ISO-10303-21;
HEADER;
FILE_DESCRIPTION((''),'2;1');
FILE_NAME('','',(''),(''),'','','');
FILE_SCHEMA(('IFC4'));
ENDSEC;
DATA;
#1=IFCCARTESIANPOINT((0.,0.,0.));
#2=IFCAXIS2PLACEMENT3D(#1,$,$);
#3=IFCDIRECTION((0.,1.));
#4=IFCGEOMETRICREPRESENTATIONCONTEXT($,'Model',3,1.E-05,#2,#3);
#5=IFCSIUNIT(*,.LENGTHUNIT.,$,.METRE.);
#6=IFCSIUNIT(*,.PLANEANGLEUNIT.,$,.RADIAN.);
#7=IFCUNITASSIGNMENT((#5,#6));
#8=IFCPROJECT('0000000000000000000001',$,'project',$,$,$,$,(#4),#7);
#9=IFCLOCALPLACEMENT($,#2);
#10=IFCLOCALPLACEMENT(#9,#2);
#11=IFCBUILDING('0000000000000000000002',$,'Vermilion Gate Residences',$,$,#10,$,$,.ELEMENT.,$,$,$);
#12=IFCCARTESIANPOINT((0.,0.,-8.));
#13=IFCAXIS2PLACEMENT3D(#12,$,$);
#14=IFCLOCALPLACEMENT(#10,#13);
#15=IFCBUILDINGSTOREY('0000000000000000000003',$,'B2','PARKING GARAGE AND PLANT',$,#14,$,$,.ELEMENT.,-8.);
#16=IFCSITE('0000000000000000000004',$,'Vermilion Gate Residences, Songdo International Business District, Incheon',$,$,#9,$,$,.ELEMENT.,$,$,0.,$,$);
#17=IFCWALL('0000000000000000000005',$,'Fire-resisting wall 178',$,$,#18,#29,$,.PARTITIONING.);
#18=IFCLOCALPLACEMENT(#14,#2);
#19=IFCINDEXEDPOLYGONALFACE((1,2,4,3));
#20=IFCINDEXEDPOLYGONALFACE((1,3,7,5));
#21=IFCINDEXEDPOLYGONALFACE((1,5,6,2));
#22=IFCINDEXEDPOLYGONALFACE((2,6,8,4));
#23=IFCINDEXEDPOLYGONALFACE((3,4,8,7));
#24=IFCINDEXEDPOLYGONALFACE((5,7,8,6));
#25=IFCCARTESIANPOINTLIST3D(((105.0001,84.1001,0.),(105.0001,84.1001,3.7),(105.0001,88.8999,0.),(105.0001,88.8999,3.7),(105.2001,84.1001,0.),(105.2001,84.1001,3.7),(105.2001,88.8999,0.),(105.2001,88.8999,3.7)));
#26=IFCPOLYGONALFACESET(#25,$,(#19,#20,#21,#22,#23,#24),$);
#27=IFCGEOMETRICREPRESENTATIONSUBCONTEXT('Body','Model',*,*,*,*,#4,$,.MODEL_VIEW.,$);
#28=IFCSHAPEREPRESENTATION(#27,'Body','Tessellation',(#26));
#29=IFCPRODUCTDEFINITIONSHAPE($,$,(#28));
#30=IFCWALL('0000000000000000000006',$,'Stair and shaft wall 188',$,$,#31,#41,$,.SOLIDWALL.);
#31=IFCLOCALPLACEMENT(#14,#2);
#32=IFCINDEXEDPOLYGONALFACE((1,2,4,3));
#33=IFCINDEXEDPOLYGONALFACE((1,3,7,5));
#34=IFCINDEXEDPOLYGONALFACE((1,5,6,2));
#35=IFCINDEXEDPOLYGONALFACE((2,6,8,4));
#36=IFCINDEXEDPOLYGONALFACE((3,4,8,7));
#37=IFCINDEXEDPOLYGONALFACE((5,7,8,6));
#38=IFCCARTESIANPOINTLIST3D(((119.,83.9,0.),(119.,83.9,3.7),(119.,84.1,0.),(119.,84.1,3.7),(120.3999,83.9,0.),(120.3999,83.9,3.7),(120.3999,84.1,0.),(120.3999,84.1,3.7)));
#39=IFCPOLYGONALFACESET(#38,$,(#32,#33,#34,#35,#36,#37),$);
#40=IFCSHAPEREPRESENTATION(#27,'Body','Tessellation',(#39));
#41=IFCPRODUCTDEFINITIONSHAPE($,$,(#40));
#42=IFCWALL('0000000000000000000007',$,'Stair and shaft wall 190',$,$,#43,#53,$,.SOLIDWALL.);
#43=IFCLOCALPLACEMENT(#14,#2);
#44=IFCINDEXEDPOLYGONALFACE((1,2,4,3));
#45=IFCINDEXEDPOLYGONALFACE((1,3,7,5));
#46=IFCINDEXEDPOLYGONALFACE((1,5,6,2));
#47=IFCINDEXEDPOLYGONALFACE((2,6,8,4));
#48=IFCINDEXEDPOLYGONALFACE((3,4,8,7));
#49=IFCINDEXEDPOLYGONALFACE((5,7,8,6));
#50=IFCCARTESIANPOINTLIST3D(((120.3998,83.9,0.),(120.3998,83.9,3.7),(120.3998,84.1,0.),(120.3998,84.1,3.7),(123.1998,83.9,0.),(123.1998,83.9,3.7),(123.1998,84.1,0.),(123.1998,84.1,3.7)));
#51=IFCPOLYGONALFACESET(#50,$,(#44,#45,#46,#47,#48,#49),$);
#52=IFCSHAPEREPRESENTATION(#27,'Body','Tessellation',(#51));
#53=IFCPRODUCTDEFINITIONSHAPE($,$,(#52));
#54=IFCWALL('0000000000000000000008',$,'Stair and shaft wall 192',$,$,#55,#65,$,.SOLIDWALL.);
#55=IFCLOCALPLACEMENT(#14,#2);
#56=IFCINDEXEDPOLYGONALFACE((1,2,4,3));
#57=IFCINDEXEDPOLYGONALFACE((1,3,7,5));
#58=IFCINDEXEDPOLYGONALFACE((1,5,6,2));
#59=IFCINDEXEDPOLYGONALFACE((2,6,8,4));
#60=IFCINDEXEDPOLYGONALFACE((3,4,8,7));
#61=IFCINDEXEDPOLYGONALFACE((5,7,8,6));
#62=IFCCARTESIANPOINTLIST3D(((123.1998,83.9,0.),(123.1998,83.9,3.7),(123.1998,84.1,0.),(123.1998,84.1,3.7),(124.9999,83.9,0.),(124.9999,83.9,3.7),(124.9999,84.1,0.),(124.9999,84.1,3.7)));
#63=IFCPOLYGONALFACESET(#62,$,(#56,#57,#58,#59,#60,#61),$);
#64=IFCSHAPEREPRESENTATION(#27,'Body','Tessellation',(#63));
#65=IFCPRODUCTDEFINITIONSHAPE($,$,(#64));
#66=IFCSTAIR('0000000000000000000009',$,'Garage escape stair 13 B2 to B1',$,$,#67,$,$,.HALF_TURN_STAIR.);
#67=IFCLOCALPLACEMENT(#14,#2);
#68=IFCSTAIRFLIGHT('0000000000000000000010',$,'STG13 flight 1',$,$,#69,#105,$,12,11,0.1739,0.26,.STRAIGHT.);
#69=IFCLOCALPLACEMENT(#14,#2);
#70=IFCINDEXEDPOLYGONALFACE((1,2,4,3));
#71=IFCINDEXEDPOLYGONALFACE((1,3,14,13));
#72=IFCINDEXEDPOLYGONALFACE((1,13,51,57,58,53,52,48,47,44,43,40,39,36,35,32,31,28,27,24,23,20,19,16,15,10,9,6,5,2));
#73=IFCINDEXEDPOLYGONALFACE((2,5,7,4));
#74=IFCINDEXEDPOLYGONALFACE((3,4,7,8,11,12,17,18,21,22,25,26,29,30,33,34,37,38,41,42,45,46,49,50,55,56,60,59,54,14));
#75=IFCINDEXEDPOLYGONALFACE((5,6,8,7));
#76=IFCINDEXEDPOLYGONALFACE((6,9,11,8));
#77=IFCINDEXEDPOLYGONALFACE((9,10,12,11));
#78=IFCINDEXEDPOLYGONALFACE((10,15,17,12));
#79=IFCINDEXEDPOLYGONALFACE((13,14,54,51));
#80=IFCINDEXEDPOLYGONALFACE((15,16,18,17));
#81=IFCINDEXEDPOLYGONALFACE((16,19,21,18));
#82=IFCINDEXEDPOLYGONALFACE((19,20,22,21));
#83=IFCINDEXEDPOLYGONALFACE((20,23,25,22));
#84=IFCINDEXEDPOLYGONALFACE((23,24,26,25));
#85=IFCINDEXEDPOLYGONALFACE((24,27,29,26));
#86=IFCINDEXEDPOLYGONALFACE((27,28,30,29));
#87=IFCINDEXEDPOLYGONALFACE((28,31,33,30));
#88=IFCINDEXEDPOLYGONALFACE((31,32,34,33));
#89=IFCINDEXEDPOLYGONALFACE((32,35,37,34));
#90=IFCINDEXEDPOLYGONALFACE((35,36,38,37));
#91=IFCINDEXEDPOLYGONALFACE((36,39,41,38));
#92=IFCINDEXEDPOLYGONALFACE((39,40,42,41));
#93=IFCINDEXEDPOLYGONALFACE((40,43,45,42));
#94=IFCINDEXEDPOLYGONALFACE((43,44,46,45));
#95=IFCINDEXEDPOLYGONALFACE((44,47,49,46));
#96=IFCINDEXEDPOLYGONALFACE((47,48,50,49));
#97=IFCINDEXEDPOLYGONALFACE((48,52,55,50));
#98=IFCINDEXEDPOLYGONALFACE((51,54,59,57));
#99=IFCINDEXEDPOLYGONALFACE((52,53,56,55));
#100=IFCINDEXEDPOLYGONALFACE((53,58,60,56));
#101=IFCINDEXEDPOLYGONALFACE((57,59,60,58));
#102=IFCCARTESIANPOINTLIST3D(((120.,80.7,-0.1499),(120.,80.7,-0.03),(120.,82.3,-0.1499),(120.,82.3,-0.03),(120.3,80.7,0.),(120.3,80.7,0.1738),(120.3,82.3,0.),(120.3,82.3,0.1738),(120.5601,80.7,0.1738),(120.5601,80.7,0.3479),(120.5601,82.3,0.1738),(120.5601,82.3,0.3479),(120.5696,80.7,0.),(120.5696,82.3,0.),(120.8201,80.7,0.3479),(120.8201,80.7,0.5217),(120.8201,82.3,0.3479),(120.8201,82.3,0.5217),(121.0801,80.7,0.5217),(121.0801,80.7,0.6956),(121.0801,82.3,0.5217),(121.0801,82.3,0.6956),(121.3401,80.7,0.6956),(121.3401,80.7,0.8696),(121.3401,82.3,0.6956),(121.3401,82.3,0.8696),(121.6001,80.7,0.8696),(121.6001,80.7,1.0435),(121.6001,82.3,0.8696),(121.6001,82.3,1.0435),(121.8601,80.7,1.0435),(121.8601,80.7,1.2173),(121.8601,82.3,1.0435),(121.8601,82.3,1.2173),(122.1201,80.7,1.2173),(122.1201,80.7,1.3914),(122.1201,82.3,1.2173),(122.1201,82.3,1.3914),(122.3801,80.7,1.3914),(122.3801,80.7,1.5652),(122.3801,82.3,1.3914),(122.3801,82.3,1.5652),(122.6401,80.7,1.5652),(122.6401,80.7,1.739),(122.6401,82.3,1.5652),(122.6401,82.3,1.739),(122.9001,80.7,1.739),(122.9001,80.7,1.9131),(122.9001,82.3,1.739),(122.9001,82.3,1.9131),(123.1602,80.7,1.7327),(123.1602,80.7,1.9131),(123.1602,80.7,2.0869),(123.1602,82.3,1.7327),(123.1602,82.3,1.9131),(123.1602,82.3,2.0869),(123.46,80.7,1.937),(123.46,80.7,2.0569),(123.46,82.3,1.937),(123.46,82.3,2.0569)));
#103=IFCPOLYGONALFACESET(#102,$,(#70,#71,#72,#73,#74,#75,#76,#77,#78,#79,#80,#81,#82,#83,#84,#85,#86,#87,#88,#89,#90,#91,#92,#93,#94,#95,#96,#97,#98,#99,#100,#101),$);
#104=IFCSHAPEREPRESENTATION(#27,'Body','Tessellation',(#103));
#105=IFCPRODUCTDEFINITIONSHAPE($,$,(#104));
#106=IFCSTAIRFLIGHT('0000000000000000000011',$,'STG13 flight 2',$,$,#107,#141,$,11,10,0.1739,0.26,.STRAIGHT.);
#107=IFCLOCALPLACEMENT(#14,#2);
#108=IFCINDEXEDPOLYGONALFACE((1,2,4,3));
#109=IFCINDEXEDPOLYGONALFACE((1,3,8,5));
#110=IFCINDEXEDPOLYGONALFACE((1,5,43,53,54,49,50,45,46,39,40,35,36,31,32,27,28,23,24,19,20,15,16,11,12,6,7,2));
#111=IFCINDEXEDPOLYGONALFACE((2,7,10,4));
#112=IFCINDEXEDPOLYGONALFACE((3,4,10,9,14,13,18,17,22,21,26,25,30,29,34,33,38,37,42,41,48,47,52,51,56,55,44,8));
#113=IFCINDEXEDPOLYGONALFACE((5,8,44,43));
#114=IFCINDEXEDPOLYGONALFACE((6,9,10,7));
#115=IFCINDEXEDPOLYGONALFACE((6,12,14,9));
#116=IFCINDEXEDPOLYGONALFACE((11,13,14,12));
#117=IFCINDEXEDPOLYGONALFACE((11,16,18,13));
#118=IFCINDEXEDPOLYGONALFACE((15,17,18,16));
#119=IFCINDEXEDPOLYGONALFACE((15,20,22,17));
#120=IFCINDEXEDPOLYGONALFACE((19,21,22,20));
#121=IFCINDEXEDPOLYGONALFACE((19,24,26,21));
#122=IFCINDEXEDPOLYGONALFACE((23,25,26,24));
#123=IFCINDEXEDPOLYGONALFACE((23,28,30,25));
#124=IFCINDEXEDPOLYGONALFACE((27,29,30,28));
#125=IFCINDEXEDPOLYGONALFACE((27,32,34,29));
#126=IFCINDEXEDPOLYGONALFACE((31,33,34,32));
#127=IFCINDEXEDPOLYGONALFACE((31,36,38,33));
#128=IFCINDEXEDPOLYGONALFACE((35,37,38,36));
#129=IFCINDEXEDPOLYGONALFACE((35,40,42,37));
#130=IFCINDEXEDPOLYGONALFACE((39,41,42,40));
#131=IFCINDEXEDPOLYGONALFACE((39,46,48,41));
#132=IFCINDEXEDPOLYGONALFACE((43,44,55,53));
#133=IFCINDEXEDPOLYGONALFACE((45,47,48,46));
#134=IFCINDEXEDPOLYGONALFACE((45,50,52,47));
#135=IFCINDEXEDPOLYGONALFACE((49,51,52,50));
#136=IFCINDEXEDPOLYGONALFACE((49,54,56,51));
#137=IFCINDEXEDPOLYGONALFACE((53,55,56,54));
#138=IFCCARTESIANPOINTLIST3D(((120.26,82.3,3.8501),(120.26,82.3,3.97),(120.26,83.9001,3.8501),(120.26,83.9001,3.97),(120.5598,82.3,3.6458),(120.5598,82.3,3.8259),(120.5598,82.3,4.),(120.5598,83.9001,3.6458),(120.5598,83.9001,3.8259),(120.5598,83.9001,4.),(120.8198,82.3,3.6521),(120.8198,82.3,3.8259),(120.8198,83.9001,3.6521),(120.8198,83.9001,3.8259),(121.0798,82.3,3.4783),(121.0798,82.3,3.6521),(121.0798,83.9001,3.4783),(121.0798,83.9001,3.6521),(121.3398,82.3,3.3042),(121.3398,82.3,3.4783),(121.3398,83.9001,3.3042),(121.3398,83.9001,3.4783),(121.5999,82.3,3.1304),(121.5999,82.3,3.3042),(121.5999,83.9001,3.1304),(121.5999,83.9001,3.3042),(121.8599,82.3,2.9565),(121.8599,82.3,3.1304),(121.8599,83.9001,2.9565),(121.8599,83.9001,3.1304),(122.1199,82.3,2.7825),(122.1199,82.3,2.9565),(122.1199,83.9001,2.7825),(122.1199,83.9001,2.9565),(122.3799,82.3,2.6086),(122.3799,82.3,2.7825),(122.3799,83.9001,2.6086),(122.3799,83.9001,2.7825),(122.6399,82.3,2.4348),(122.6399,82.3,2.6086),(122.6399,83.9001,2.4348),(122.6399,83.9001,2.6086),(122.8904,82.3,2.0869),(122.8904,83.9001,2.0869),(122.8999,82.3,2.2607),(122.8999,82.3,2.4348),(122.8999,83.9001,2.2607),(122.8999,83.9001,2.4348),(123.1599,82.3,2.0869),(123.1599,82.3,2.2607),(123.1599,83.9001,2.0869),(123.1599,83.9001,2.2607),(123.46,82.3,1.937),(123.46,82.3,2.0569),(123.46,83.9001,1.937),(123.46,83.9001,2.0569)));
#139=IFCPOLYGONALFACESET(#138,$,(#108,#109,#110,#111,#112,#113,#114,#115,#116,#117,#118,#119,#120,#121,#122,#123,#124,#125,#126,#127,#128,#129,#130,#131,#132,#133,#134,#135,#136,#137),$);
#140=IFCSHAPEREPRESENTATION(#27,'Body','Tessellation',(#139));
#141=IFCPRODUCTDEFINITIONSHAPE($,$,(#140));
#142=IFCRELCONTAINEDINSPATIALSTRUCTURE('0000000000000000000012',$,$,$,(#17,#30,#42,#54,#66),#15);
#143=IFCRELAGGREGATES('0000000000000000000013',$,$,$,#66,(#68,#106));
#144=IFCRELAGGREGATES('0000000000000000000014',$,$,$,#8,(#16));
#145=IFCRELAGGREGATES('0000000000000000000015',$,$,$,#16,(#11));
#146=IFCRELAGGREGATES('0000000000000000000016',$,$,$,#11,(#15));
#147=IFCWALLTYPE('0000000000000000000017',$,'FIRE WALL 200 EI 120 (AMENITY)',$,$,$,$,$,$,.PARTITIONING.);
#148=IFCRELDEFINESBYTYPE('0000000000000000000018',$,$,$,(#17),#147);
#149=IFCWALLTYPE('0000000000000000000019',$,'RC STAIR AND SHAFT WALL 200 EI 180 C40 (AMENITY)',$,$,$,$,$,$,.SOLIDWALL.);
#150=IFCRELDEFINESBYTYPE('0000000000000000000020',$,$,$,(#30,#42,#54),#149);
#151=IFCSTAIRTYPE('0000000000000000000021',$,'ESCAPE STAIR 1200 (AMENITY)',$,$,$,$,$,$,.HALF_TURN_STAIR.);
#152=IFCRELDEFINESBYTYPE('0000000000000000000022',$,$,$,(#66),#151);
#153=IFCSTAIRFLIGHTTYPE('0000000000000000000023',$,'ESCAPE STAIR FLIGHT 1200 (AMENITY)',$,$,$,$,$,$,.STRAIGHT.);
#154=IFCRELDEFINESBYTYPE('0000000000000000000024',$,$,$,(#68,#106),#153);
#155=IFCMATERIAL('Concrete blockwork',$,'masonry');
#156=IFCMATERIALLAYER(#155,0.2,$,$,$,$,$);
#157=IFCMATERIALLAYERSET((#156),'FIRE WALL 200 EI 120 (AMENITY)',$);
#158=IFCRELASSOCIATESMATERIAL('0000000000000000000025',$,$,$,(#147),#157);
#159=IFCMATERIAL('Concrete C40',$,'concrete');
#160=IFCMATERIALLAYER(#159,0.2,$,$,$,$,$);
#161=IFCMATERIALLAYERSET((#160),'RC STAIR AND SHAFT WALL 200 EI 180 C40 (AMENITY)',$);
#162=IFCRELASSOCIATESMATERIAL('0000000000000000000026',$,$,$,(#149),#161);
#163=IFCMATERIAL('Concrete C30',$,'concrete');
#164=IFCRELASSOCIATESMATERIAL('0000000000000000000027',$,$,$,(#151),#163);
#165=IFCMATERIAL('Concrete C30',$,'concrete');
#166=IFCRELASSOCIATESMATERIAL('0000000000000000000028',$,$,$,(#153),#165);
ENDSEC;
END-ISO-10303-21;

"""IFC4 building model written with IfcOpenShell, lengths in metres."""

from ifc_helpers import new_model, si_unit, direction, frame, frame_2d, origin, place, context, subcontext, project, spatial, polyline, rectangle, outline, extrude, material, layer, layer_set, type_object, element, aggregate, save


model = new_model("IFC4")

# Units and contexts
model_context = context("Model", 3, precision=1e-05, world=origin(), true_north=direction((0.0, 1.0)))
body_context = subcontext(model_context, "Body", "Model", "MODEL_VIEW")
ifc_project = project(units=[si_unit("LENGTHUNIT", "METRE"), si_unit("PLANEANGLEUNIT", "RADIAN")], contexts=[model_context])

# Site, building, storey
site_placement = place(None, origin())
site = spatial("IfcSite", under=ifc_project, at=site_placement, Name="Vermilion Gate Residences, Songdo International Business District, Incheon", CompositionType="ELEMENT", RefElevation=0.0)
building_placement = place(site_placement, origin())
building = spatial("IfcBuilding", under=site, at=building_placement, Name="Vermilion Gate Residences", CompositionType="ELEMENT")
storey_placement = place(building_placement, frame((0.0, 0.0, -8.0)))
storey = spatial("IfcBuildingStorey", under=building, at=storey_placement, Name="B2", Description="PARKING GARAGE AND PLANT", CompositionType="ELEMENT", Elevation=-8.0)

# Shared definitions
ifc_material_1 = material(Name="Concrete blockwork", Category="masonry")
ifc_layer_1 = layer(ifc_material_1, 0.2)
ifc_layer_set_1 = layer_set([ifc_layer_1], Name="FIRE WALL 200 EI 120 (AMENITY)")
wall_type_1 = type_object("IfcWallType", Name="FIRE WALL 200 EI 120 (AMENITY)", PredefinedType="PARTITIONING", material=ifc_layer_set_1)

# Walls
wall_1_placement = place(storey_placement, frame((105.1001, 84.1001, 0.0), z_axis=(0.0, 0.0, 1.0), x_axis=(0.0, 1.0, 0.0)))
element("IfcWall", 1, at=wall_1_placement, inside=storey, type_object=wall_type_1, Name="Fire-resisting wall 178", PredefinedType="PARTITIONING", context=body_context, shape_type="SweptSolid", body=[
    extrude(rectangle(XDim=4.7998, YDim=0.2, at=frame_2d((2.3999, 0.0))), origin(), (0.0, 0.0, 1.0), 3.7),
])
ifc_material_2 = material(Name="Concrete C40", Category="concrete")
ifc_layer_2 = layer(ifc_material_2, 0.2)
ifc_layer_set_2 = layer_set([ifc_layer_2], Name="RC STAIR AND SHAFT WALL 200 EI 180 C40 (AMENITY)")
wall_type_2 = type_object("IfcWallType", Name="RC STAIR AND SHAFT WALL 200 EI 180 C40 (AMENITY)", PredefinedType="SOLIDWALL", material=ifc_layer_set_2)
wall_2_placement = place(storey_placement, frame((119.0, 84.0, 0.0), z_axis=(0.0, 0.0, 1.0), x_axis=(1.0, 0.0, 0.0)))
element("IfcWall", 2, at=wall_2_placement, inside=storey, type_object=wall_type_2, Name="Stair and shaft wall 188", PredefinedType="SOLIDWALL", context=body_context, shape_type="SweptSolid", body=[
    extrude(rectangle(XDim=1.3999, YDim=0.2, at=frame_2d((0.7, 0.0))), origin(), (0.0, 0.0, 1.0), 3.7),
])
wall_3_placement = place(storey_placement, frame((120.3999, 84.0, 0.0), z_axis=(0.0, 0.0, 1.0), x_axis=(1.0, 0.0, 0.0)))
element("IfcWall", 3, at=wall_3_placement, inside=storey, type_object=wall_type_2, Name="Stair and shaft wall 190", PredefinedType="SOLIDWALL", context=body_context, shape_type="SweptSolid", body=[
    extrude(rectangle(XDim=2.8, YDim=0.2, at=frame_2d((1.3999, 0.0))), origin(), (0.0, 0.0, 1.0), 3.7),
])
wall_4_placement = place(storey_placement, frame((123.2, 84.0, 0.0), z_axis=(0.0, 0.0, 1.0), x_axis=(1.0, 0.0, 0.0)))
element("IfcWall", 4, at=wall_4_placement, inside=storey, type_object=wall_type_2, Name="Stair and shaft wall 192", PredefinedType="SOLIDWALL", context=body_context, shape_type="SweptSolid", body=[
    extrude(rectangle(XDim=1.8, YDim=0.2, at=frame_2d((0.8999, 0.0))), origin(), (0.0, 0.0, 1.0), 3.7),
])

# Stair, stair flights
ifc_material_3 = material(Name="Concrete C30", Category="concrete")
stair_type = type_object("IfcStairType", Name="ESCAPE STAIR 1200 (AMENITY)", PredefinedType="HALF_TURN_STAIR", material=ifc_material_3)
stair_placement = place(storey_placement, origin())
stair = element("IfcStair", 5, at=stair_placement, inside=storey, type_object=stair_type, Name="Garage escape stair 13 B2 to B1", PredefinedType="HALF_TURN_STAIR")
ifc_material_4 = material(Name="Concrete C30", Category="concrete")
stair_flight_type = type_object("IfcStairFlightType", Name="ESCAPE STAIR FLIGHT 1200 (AMENITY)", PredefinedType="STRAIGHT", material=ifc_material_4)
stair_flight_1_placement = place(storey_placement, frame((120.3, 81.5, 0.0), z_axis=(0.0, 0.0, 1.0), x_axis=(1.0, 0.0, 0.0)))
stair_flight_1 = element("IfcStairFlight", 6, at=stair_flight_1_placement, type_object=stair_flight_type, Name="STG13 flight 1", NumberOfRisers=12, NumberOfTreads=11, PredefinedType="STRAIGHT", RiserHeight=0.1739, TreadLength=0.26, context=body_context, shape_type="SweptSolid", body=[
    extrude(outline(polyline([(-0.3, -0.1499), (-0.3, -0.03), (0.0, 0.0), (0.0, 0.1738), (0.26, 0.1738), (0.26, 0.3479), (0.52, 0.3479), (0.52, 0.5217), (0.78, 0.5217), (0.78, 0.6956), (1.04, 0.6956), (1.04, 0.8696), (1.3, 0.8696), (1.3, 1.0435), (1.5601, 1.0435), (1.5601, 1.2173), (1.8201, 1.2173), (1.8201, 1.3914), (2.0801, 1.3914), (2.0801, 1.5652), (2.3401, 1.5652), (2.3401, 1.739), (2.6001, 1.739), (2.6001, 1.9131), (2.8601, 1.9131), (2.8601, 2.0869), (3.1599, 2.0569), (3.1599, 1.937), (2.8601, 1.7327), (0.2695, 0.0), (-0.3, -0.1499)])), frame((0.0, 0.8, 0.0), z_axis=(0.0, -1.0, 0.0), x_axis=(1.0, 0.0, 0.0)), (0.0, 0.0, 1.0), 1.6001),
])
stair_flight_2_placement = place(storey_placement, frame((123.1599, 83.1001, 2.0869), z_axis=(0.0, 0.0, 1.0), x_axis=(-1.0, 0.0, 0.0)))
stair_flight_2 = element("IfcStairFlight", 7, at=stair_flight_2_placement, type_object=stair_flight_type, Name="STG13 flight 2", NumberOfRisers=11, NumberOfTreads=10, PredefinedType="STRAIGHT", RiserHeight=0.1739, TreadLength=0.26, context=body_context, shape_type="SweptSolid", body=[
    extrude(outline(polyline([(-0.3, -0.1499), (-0.3, -0.03), (0.0, 0.0), (0.0, 0.1738), (0.26, 0.1738), (0.26, 0.3479), (0.52, 0.3479), (0.52, 0.5217), (0.78, 0.5217), (0.78, 0.6956), (1.04, 0.6956), (1.04, 0.8696), (1.3, 0.8696), (1.3, 1.0435), (1.5601, 1.0435), (1.5601, 1.2173), (1.8201, 1.2173), (1.8201, 1.3914), (2.0801, 1.3914), (2.0801, 1.5652), (2.3401, 1.5652), (2.3401, 1.739), (2.6001, 1.739), (2.6001, 1.9131), (2.8999, 1.8831), (2.8999, 1.7632), (2.6001, 1.5588), (0.2695, 0.0), (-0.3, -0.1499)])), frame((0.0, 0.8, 0.0), z_axis=(0.0, -1.0, 0.0), x_axis=(1.0, 0.0, 0.0)), (0.0, 0.0, 1.0), 1.6001),
])
aggregate(stair, [stair_flight_1, stair_flight_2])

save(model, "model.ifc")
